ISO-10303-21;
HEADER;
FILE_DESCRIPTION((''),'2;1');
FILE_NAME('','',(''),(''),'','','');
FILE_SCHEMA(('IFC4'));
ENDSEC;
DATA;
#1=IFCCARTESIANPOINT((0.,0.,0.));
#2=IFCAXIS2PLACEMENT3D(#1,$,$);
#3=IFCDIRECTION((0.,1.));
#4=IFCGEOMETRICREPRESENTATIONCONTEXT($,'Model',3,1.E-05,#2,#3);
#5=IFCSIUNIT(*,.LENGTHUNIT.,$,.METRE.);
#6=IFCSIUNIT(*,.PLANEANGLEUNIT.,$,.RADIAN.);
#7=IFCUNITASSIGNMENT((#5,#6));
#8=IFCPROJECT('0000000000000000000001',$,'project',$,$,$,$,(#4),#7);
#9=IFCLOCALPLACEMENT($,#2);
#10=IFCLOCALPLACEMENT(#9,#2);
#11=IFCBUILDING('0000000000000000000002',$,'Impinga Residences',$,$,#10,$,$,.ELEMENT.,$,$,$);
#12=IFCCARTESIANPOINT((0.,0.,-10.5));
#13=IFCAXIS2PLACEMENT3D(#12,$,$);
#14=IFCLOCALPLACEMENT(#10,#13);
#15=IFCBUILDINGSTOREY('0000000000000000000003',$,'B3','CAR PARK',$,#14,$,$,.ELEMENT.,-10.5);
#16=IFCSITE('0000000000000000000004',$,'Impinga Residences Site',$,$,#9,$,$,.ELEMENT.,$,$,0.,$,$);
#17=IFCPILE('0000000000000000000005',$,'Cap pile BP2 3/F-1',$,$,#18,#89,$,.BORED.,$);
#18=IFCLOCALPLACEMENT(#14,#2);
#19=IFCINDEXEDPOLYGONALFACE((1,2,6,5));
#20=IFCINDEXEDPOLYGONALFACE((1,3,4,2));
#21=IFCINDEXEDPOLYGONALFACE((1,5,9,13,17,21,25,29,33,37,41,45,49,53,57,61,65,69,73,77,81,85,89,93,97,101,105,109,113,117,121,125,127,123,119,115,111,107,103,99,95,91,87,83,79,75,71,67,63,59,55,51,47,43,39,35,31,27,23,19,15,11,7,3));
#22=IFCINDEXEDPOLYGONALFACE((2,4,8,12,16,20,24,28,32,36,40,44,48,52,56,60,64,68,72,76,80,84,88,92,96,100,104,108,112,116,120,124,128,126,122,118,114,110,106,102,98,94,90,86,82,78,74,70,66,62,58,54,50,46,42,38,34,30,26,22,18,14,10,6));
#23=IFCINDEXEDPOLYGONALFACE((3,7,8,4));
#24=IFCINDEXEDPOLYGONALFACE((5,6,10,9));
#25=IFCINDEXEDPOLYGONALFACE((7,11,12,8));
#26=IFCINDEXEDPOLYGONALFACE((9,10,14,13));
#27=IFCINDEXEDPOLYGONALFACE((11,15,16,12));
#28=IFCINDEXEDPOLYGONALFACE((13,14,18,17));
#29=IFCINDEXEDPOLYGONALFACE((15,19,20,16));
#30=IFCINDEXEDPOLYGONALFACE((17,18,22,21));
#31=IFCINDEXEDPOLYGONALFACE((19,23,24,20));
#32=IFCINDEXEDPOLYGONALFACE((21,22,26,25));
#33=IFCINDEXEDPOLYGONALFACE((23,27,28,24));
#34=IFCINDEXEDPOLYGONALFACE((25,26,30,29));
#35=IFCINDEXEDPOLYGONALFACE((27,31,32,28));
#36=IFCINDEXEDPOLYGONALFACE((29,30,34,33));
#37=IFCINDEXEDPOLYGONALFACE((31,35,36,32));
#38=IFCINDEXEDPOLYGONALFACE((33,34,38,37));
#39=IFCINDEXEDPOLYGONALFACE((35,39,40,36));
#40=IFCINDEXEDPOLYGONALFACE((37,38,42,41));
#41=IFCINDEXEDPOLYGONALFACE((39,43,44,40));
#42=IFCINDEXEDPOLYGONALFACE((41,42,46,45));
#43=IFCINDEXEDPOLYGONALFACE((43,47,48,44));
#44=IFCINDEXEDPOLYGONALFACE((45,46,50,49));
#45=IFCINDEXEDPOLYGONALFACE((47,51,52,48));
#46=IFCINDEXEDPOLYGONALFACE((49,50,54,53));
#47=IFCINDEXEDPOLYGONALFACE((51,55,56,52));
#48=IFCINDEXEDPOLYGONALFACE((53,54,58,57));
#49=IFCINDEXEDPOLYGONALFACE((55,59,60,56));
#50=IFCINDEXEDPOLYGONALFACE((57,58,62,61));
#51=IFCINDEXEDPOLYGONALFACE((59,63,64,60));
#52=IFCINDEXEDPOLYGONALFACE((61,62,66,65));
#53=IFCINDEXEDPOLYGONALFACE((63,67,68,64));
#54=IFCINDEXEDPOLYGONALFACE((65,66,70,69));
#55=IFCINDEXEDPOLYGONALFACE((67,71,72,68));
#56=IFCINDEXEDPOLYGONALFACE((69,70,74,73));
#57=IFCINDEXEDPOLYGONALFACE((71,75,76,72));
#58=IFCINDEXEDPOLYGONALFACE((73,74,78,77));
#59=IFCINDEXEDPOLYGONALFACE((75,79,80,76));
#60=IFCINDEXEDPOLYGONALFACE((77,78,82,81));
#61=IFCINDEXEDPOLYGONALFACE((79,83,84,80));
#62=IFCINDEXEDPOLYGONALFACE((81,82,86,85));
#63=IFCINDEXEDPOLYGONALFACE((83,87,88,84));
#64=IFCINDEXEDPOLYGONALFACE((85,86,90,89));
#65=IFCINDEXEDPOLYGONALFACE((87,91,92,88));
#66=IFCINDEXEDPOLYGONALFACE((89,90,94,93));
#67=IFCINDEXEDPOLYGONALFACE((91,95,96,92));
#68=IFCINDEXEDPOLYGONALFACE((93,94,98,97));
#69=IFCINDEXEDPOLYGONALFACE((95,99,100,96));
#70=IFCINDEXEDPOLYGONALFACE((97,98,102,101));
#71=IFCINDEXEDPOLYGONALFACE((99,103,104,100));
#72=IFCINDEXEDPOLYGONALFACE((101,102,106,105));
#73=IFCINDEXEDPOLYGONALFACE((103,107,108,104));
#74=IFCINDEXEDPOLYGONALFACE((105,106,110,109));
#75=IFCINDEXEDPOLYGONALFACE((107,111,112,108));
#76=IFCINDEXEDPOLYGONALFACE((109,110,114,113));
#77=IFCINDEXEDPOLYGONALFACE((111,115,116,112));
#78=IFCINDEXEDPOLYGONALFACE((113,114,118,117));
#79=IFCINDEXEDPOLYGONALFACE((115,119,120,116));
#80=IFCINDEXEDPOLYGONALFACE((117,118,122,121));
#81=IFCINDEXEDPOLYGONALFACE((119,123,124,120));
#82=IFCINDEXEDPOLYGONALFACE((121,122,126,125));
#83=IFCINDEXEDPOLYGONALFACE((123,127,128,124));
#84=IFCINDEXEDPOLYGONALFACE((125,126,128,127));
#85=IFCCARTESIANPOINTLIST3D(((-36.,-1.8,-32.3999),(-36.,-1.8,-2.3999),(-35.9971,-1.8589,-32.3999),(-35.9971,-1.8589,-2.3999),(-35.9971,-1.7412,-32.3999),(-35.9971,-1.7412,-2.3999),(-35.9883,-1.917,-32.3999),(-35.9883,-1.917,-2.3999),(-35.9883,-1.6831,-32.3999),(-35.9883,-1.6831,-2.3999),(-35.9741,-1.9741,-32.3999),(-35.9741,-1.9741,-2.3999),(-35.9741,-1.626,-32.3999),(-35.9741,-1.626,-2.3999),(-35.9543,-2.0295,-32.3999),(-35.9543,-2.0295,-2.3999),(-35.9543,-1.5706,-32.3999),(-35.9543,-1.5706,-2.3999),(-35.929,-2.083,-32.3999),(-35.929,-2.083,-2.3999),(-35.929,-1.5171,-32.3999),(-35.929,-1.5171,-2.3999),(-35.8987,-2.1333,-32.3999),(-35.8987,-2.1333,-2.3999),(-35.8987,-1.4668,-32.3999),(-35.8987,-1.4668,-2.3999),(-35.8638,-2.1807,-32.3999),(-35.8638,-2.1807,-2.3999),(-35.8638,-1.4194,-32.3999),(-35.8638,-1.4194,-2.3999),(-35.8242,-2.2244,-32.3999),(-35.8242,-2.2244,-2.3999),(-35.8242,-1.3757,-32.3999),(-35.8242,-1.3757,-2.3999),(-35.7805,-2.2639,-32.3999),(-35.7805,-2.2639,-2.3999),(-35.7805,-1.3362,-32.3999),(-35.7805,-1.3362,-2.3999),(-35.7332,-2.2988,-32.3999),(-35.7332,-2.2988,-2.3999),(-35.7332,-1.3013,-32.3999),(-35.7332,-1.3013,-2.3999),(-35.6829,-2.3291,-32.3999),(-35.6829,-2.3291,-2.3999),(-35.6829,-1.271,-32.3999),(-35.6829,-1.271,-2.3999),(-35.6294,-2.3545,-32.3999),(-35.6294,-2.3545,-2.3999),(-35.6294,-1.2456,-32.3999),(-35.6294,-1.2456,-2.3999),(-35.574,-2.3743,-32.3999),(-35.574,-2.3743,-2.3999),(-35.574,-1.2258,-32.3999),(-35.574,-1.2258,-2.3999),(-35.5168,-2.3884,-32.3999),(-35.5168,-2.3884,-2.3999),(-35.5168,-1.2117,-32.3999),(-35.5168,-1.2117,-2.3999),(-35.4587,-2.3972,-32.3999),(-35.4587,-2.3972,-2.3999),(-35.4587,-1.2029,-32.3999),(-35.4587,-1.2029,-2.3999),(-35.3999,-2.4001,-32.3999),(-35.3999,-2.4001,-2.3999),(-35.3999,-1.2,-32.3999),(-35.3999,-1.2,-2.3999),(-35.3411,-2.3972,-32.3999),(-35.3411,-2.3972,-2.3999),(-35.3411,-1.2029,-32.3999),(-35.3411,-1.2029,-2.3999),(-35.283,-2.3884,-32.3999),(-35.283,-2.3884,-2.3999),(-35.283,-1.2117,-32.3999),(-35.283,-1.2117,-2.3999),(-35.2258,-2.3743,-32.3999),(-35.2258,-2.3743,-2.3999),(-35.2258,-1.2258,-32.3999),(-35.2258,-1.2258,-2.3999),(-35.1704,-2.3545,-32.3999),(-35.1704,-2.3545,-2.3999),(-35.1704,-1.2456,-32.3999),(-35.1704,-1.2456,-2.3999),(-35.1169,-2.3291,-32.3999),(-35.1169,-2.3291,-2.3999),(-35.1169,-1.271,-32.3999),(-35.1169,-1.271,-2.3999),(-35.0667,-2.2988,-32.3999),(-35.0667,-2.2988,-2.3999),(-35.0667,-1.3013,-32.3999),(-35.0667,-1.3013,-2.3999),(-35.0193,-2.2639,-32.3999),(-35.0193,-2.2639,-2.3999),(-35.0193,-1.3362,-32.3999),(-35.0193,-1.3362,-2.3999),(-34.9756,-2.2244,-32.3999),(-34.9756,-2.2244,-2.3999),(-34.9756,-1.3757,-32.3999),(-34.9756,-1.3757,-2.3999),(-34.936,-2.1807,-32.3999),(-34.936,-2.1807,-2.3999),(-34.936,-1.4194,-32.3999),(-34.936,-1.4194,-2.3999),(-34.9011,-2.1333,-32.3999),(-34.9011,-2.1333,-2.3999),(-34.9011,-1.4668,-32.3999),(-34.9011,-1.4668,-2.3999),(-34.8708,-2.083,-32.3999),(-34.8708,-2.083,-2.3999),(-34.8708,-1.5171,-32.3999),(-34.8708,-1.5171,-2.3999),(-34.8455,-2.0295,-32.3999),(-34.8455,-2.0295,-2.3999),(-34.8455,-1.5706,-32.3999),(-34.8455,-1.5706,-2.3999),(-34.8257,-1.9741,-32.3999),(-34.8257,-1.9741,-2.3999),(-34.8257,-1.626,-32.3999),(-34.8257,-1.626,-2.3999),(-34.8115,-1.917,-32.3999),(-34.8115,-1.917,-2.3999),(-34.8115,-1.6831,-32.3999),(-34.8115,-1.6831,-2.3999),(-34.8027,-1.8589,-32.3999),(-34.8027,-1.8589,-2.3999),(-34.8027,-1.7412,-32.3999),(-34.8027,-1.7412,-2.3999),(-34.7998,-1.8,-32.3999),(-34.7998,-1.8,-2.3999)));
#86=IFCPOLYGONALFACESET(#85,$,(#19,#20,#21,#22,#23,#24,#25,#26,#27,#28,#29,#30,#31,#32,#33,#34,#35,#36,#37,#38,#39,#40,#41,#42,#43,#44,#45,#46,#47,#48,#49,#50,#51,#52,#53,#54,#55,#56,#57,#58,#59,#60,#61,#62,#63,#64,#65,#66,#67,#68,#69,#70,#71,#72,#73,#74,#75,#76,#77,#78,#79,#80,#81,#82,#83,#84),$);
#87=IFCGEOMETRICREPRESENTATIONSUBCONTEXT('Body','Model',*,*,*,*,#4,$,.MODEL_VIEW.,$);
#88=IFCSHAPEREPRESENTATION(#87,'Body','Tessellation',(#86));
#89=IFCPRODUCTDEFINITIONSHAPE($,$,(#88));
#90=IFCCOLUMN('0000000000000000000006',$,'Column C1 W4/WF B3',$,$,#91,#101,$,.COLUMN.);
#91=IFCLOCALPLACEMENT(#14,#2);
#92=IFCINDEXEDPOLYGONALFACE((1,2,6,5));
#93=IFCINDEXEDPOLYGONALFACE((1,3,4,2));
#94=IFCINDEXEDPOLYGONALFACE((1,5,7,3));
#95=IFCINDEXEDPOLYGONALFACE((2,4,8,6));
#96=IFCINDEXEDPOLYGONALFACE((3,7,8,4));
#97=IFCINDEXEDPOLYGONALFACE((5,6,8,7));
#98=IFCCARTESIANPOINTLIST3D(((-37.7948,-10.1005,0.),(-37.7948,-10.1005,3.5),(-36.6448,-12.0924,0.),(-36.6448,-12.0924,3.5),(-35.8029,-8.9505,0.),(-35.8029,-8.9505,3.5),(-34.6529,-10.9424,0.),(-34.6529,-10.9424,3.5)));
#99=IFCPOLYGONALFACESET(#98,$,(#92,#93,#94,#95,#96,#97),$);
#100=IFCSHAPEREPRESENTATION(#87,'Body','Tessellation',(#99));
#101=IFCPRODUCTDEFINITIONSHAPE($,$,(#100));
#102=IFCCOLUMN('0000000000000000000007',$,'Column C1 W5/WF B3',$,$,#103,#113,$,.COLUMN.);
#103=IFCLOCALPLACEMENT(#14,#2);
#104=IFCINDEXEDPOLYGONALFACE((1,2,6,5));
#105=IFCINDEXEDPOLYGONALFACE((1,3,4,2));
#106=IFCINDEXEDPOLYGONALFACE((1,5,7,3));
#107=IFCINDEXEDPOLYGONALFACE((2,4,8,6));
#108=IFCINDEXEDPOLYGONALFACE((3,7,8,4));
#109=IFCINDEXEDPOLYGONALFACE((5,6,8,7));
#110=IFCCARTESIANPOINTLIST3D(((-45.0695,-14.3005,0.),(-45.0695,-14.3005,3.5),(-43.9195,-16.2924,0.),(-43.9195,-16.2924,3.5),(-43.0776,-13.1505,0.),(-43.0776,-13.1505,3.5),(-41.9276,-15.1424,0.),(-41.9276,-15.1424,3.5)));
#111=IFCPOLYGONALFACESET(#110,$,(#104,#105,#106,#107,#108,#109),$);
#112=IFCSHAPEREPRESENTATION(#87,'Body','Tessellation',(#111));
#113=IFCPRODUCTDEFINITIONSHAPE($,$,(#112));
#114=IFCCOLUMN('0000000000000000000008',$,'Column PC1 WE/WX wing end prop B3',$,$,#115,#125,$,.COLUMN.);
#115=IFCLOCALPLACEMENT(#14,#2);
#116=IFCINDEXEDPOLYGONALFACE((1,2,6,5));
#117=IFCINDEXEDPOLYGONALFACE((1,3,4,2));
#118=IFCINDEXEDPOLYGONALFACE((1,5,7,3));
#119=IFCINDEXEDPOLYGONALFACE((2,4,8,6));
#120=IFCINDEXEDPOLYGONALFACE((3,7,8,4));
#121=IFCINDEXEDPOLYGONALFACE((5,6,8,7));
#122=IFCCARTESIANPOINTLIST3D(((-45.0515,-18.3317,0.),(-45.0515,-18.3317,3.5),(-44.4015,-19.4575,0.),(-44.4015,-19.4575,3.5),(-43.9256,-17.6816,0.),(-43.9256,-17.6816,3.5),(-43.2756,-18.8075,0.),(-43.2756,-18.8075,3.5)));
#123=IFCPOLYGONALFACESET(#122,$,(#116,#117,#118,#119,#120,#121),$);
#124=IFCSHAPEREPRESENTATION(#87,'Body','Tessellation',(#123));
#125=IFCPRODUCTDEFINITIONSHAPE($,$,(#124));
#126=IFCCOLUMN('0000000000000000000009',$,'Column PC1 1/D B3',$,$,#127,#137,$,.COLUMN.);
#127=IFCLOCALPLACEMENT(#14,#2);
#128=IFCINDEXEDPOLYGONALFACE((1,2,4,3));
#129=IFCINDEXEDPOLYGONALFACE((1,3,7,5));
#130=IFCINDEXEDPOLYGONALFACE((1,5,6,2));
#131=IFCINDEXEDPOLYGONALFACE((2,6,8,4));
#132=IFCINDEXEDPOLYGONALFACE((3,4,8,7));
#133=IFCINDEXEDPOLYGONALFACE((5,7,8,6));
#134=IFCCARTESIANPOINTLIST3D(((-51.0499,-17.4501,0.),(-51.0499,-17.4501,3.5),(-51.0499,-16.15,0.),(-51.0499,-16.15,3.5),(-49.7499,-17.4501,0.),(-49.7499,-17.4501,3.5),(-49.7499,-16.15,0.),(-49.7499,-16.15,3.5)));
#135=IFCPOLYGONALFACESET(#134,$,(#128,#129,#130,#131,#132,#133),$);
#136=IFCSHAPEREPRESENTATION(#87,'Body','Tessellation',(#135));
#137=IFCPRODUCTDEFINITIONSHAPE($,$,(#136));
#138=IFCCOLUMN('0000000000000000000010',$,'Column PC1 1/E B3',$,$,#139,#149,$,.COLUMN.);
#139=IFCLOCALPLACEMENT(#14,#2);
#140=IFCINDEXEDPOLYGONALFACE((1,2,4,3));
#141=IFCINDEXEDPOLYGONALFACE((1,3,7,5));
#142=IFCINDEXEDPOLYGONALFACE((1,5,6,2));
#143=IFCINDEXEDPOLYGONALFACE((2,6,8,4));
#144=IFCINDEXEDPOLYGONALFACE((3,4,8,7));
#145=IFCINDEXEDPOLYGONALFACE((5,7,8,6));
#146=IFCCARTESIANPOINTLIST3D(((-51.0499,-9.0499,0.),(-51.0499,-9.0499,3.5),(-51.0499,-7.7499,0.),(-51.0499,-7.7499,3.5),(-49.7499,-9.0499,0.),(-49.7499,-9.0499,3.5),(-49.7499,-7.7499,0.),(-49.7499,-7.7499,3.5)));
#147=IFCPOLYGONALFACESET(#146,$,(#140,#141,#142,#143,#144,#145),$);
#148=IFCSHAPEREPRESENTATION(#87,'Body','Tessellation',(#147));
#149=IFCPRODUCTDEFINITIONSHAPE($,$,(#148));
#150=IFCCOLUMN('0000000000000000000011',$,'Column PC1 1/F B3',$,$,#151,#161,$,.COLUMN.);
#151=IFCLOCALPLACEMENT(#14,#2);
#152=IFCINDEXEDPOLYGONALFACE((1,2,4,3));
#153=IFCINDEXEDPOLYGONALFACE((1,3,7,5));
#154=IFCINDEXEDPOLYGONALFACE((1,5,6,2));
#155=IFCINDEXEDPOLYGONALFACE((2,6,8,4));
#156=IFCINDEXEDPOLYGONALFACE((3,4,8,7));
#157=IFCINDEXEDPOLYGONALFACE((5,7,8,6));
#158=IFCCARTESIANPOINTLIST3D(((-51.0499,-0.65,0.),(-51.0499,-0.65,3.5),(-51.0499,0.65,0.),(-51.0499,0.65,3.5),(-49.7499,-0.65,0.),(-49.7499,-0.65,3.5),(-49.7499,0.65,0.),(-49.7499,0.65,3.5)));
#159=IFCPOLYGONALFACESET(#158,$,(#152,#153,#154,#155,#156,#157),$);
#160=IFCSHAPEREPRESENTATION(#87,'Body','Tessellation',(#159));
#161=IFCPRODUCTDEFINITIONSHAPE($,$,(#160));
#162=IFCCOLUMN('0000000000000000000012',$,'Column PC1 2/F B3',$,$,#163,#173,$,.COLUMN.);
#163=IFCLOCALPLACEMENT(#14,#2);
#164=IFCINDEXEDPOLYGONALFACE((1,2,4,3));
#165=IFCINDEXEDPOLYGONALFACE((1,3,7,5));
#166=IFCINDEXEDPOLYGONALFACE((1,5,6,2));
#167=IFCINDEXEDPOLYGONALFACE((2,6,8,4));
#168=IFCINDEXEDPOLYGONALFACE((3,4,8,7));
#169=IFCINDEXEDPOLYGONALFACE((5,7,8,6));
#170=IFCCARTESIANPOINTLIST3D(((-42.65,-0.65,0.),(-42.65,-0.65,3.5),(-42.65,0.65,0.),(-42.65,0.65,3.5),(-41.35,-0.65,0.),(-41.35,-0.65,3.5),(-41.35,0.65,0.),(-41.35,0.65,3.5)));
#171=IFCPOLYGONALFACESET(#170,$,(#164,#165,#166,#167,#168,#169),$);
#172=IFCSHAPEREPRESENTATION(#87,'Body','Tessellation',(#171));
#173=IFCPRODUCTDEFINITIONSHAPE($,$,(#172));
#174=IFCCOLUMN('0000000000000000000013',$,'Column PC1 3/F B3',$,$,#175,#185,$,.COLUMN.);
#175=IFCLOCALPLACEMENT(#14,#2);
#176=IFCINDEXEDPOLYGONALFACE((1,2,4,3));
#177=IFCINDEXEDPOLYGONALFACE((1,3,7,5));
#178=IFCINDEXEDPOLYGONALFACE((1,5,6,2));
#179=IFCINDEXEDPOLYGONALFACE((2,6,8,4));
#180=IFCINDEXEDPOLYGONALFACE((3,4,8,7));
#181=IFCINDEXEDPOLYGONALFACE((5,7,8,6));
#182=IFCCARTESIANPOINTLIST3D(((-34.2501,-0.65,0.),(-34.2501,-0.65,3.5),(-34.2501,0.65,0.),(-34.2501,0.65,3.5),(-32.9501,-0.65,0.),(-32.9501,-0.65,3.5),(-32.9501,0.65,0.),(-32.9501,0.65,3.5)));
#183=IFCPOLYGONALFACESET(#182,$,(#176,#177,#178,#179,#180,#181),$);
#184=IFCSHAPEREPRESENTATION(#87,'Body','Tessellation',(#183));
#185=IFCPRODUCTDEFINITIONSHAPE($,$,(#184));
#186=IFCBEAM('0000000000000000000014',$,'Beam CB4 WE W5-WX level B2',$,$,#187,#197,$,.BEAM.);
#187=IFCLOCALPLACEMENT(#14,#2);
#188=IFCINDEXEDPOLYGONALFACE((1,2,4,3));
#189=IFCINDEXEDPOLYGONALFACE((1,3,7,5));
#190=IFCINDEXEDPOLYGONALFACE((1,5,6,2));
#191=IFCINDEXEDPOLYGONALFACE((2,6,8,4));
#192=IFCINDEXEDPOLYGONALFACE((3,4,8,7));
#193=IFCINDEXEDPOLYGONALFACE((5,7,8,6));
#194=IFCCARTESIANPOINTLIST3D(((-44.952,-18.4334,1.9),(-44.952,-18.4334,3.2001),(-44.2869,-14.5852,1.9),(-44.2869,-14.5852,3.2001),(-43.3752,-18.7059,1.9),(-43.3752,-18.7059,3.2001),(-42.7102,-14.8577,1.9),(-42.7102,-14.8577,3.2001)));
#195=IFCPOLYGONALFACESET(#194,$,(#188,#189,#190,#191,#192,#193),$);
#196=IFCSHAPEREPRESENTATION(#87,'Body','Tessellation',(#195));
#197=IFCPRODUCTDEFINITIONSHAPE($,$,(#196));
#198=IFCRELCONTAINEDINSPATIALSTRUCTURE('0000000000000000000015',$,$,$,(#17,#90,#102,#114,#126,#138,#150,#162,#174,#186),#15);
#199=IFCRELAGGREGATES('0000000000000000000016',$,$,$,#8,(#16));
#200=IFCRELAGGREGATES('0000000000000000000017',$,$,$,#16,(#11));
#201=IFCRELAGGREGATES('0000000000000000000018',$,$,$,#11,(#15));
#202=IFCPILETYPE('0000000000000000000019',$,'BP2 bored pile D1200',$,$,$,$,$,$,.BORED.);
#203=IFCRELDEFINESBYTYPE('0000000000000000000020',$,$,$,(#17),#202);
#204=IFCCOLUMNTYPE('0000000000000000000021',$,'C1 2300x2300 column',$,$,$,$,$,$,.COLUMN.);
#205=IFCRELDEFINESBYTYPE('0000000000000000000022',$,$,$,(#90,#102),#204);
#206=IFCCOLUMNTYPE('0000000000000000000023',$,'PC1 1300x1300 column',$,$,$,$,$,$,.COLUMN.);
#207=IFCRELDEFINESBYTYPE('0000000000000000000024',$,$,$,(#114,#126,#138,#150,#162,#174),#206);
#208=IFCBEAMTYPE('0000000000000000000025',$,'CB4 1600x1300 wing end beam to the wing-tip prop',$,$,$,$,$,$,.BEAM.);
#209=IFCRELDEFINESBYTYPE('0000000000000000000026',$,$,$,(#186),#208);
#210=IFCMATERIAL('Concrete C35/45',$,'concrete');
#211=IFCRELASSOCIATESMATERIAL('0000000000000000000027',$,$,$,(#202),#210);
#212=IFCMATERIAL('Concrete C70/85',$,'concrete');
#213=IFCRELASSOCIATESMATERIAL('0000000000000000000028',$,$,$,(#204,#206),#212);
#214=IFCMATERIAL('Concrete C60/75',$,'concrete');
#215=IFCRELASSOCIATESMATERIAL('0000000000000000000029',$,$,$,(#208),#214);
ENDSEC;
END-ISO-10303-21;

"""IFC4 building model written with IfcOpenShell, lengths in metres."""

from ifc_helpers import new_model, si_unit, direction, frame, origin, origin_2d, place, context, subcontext, project, spatial, polyline, rectangle, circle, outline, extrude, material, material_profile, profile_set, type_object, element, save


model = new_model("IFC4")

# Units and contexts
model_context = context("Model", 3, precision=1e-05, world=origin(), true_north=direction((0.0, 1.0)))
body_context = subcontext(model_context, "Body", "Model", "MODEL_VIEW")
ifc_project = project(units=[si_unit("LENGTHUNIT", "METRE"), si_unit("PLANEANGLEUNIT", "RADIAN")], contexts=[model_context])

# Site, building, storey
site_placement = place(None, origin())
site = spatial("IfcSite", under=ifc_project, at=site_placement, Name="Impinga Residences Site", CompositionType="ELEMENT", RefElevation=0.0)
building_placement = place(site_placement, origin())
building = spatial("IfcBuilding", under=site, at=building_placement, Name="Impinga Residences", CompositionType="ELEMENT")
storey_placement = place(building_placement, frame((0.0, 0.0, -10.5)))
storey = spatial("IfcBuildingStorey", under=building, at=storey_placement, Name="B3", Description="CAR PARK", CompositionType="ELEMENT", Elevation=-10.5)

# Pile
ifc_material_1 = material(Name="Concrete C35/45", Category="concrete")
ifc_material_profile_1 = material_profile(ifc_material_1, circle(Radius=0.6001, at=origin_2d()), Name="D1200")
ifc_profile_set_1 = profile_set([ifc_material_profile_1], Name="Concrete C35/45")
pile_type_1 = type_object("IfcPileType", Name="BP2 bored pile D1200", PredefinedType="BORED", material=ifc_profile_set_1)
pile_1_placement = place(storey_placement, frame((-35.3999, -1.8, -2.3999), z_axis=(0.0, 0.0, -1.0), x_axis=(1.0, 0.0, 0.0)))
element("IfcPile", 1, at=pile_1_placement, inside=storey, type_object=pile_type_1, Name="Cap pile BP2 3/F-1", PredefinedType="BORED", context=body_context, shape_type="SweptSolid", body=[
    extrude(outline(polyline([(0.6001, 0.0), (0.5972, 0.0588), (0.5884, 0.1169), (0.5742, 0.1741), (0.5544, 0.2295), (0.5291, 0.283), (0.4988, 0.3333), (0.4639, 0.3806), (0.4243, 0.4243), (0.3806, 0.4639), (0.3333, 0.4988), (0.283, 0.5291), (0.2295, 0.5544), (0.1741, 0.5742), (0.1169, 0.5884), (0.0588, 0.5972), (0.0, 0.6001), (-0.0588, 0.5972), (-0.1169, 0.5884), (-0.1741, 0.5742), (-0.2295, 0.5544), (-0.283, 0.5291), (-0.3333, 0.4988), (-0.3806, 0.4639), (-0.4243, 0.4243), (-0.4639, 0.3806), (-0.4988, 0.3333), (-0.5291, 0.283), (-0.5544, 0.2295), (-0.5742, 0.1741), (-0.5884, 0.1169), (-0.5972, 0.0588), (-0.6001, 0.0), (-0.5972, -0.0588), (-0.5884, -0.1169), (-0.5742, -0.1741), (-0.5544, -0.2295), (-0.5291, -0.283), (-0.4988, -0.3333), (-0.4639, -0.3806), (-0.4243, -0.4243), (-0.3806, -0.4639), (-0.3333, -0.4988), (-0.283, -0.5291), (-0.2295, -0.5544), (-0.1741, -0.5742), (-0.1169, -0.5884), (-0.0588, -0.5972), (0.0, -0.6001), (0.0588, -0.5972), (0.1169, -0.5884), (0.1741, -0.5742), (0.2295, -0.5544), (0.283, -0.5291), (0.3333, -0.4988), (0.3806, -0.4639), (0.4243, -0.4243), (0.4639, -0.3806), (0.4988, -0.3333), (0.5291, -0.283), (0.5544, -0.2295), (0.5742, -0.1741), (0.5884, -0.1169), (0.5972, -0.0588), (0.6001, 0.0)])), origin(), (0.0, 0.0, 1.0), 30.0),
])

# Columns
ifc_material_2 = material(Name="Concrete C70/85", Category="concrete")
ifc_material_profile_2 = material_profile(ifc_material_2, rectangle(XDim=2.3, YDim=2.3, at=origin_2d()), Name="RC 2300x2300")
ifc_profile_set_2 = profile_set([ifc_material_profile_2], Name="Concrete C70/85")
column_type_1 = type_object("IfcColumnType", Name="C1 2300x2300 column", PredefinedType="COLUMN", material=ifc_profile_set_2)
for number, where, z_axis, x_axis, name in (
    (2, (-36.2239, -10.5215, 0.0), (0.0, 0.0, 1.0), (-0.5, 0.866025, 0.0), "Column C1 W4/WF B3"),
    (3, (-43.4985, -14.7214, 0.0), (0.0, 0.0, 1.0), (-0.5, 0.866025, 0.0), "Column C1 W5/WF B3"),
):
    element("IfcColumn", number, at=place(storey_placement, frame(where, z_axis=z_axis, x_axis=x_axis)), inside=storey, type_object=column_type_1, Name=name, PredefinedType="COLUMN", context=body_context, shape_type="SweptSolid", body=[
        extrude(rectangle(XDim=2.3, YDim=2.3, at=origin_2d()), origin(), (0.0, 0.0, 1.0), 3.5),
    ])
ifc_material_profile_3 = material_profile(ifc_material_2, rectangle(XDim=1.3, YDim=1.3, at=origin_2d()), Name="RC 1300x1300")
ifc_profile_set_3 = profile_set([ifc_material_profile_3], Name="Concrete C70/85")
column_type_2 = type_object("IfcColumnType", Name="PC1 1300x1300 column", PredefinedType="COLUMN", material=ifc_profile_set_3)
for number, where, z_axis, x_axis, name in (
    (4, (-44.1636, -18.5696, 0.0), (0.0, 0.0, 1.0), (-0.5, 0.866025, 0.0), "Column PC1 WE/WX wing end prop B3"),
    (5, (-50.3999, -16.8, 0.0), (0.0, 0.0, 1.0), (1.0, 0.0, 0.0), "Column PC1 1/D B3"),
    (6, (-50.3999, -8.3999, 0.0), (0.0, 0.0, 1.0), (1.0, 0.0, 0.0), "Column PC1 1/E B3"),
    (7, (-50.3999, 0.0, 0.0), (0.0, 0.0, 1.0), (1.0, 0.0, 0.0), "Column PC1 1/F B3"),
    (8, (-42.0, 0.0, 0.0), (0.0, 0.0, 1.0), (1.0, 0.0, 0.0), "Column PC1 2/F B3"),
    (9, (-33.6001, 0.0, 0.0), (0.0, 0.0, 1.0), (1.0, 0.0, 0.0), "Column PC1 3/F B3"),
):
    element("IfcColumn", number, at=place(storey_placement, frame(where, z_axis=z_axis, x_axis=x_axis)), inside=storey, type_object=column_type_2, Name=name, PredefinedType="COLUMN", context=body_context, shape_type="SweptSolid", body=[
        extrude(rectangle(XDim=1.3, YDim=1.3, at=origin_2d()), origin(), (0.0, 0.0, 1.0), 3.5),
    ])

# Beam
ifc_material_3 = material(Name="Concrete C60/75", Category="concrete")
ifc_material_profile_4 = material_profile(ifc_material_3, rectangle(XDim=1.6001, YDim=1.3, at=origin_2d()), Name="RC 1600x1300")
ifc_profile_set_4 = profile_set([ifc_material_profile_4], Name="Concrete C60/75")
beam_type_1 = type_object("IfcBeamType", Name="CB4 1600x1300 wing end beam to the wing-tip prop", PredefinedType="BEAM", material=ifc_profile_set_4)
beam_1_placement = place(storey_placement, frame((-43.4985, -14.7214, 2.55), z_axis=(-0.170296, -0.985393, 0.0), x_axis=(0.985393, -0.170296, 0.0)))
element("IfcBeam", 10, at=beam_1_placement, inside=storey, type_object=beam_type_1, Name="Beam CB4 WE W5-WX level B2", PredefinedType="BEAM", context=body_context, shape_type="SweptSolid", body=[
    extrude(rectangle(XDim=1.6001, YDim=1.3, at=origin_2d()), origin(), (0.0, 0.0, 1.0), 3.9053),
])

save(model, "model.ifc")
